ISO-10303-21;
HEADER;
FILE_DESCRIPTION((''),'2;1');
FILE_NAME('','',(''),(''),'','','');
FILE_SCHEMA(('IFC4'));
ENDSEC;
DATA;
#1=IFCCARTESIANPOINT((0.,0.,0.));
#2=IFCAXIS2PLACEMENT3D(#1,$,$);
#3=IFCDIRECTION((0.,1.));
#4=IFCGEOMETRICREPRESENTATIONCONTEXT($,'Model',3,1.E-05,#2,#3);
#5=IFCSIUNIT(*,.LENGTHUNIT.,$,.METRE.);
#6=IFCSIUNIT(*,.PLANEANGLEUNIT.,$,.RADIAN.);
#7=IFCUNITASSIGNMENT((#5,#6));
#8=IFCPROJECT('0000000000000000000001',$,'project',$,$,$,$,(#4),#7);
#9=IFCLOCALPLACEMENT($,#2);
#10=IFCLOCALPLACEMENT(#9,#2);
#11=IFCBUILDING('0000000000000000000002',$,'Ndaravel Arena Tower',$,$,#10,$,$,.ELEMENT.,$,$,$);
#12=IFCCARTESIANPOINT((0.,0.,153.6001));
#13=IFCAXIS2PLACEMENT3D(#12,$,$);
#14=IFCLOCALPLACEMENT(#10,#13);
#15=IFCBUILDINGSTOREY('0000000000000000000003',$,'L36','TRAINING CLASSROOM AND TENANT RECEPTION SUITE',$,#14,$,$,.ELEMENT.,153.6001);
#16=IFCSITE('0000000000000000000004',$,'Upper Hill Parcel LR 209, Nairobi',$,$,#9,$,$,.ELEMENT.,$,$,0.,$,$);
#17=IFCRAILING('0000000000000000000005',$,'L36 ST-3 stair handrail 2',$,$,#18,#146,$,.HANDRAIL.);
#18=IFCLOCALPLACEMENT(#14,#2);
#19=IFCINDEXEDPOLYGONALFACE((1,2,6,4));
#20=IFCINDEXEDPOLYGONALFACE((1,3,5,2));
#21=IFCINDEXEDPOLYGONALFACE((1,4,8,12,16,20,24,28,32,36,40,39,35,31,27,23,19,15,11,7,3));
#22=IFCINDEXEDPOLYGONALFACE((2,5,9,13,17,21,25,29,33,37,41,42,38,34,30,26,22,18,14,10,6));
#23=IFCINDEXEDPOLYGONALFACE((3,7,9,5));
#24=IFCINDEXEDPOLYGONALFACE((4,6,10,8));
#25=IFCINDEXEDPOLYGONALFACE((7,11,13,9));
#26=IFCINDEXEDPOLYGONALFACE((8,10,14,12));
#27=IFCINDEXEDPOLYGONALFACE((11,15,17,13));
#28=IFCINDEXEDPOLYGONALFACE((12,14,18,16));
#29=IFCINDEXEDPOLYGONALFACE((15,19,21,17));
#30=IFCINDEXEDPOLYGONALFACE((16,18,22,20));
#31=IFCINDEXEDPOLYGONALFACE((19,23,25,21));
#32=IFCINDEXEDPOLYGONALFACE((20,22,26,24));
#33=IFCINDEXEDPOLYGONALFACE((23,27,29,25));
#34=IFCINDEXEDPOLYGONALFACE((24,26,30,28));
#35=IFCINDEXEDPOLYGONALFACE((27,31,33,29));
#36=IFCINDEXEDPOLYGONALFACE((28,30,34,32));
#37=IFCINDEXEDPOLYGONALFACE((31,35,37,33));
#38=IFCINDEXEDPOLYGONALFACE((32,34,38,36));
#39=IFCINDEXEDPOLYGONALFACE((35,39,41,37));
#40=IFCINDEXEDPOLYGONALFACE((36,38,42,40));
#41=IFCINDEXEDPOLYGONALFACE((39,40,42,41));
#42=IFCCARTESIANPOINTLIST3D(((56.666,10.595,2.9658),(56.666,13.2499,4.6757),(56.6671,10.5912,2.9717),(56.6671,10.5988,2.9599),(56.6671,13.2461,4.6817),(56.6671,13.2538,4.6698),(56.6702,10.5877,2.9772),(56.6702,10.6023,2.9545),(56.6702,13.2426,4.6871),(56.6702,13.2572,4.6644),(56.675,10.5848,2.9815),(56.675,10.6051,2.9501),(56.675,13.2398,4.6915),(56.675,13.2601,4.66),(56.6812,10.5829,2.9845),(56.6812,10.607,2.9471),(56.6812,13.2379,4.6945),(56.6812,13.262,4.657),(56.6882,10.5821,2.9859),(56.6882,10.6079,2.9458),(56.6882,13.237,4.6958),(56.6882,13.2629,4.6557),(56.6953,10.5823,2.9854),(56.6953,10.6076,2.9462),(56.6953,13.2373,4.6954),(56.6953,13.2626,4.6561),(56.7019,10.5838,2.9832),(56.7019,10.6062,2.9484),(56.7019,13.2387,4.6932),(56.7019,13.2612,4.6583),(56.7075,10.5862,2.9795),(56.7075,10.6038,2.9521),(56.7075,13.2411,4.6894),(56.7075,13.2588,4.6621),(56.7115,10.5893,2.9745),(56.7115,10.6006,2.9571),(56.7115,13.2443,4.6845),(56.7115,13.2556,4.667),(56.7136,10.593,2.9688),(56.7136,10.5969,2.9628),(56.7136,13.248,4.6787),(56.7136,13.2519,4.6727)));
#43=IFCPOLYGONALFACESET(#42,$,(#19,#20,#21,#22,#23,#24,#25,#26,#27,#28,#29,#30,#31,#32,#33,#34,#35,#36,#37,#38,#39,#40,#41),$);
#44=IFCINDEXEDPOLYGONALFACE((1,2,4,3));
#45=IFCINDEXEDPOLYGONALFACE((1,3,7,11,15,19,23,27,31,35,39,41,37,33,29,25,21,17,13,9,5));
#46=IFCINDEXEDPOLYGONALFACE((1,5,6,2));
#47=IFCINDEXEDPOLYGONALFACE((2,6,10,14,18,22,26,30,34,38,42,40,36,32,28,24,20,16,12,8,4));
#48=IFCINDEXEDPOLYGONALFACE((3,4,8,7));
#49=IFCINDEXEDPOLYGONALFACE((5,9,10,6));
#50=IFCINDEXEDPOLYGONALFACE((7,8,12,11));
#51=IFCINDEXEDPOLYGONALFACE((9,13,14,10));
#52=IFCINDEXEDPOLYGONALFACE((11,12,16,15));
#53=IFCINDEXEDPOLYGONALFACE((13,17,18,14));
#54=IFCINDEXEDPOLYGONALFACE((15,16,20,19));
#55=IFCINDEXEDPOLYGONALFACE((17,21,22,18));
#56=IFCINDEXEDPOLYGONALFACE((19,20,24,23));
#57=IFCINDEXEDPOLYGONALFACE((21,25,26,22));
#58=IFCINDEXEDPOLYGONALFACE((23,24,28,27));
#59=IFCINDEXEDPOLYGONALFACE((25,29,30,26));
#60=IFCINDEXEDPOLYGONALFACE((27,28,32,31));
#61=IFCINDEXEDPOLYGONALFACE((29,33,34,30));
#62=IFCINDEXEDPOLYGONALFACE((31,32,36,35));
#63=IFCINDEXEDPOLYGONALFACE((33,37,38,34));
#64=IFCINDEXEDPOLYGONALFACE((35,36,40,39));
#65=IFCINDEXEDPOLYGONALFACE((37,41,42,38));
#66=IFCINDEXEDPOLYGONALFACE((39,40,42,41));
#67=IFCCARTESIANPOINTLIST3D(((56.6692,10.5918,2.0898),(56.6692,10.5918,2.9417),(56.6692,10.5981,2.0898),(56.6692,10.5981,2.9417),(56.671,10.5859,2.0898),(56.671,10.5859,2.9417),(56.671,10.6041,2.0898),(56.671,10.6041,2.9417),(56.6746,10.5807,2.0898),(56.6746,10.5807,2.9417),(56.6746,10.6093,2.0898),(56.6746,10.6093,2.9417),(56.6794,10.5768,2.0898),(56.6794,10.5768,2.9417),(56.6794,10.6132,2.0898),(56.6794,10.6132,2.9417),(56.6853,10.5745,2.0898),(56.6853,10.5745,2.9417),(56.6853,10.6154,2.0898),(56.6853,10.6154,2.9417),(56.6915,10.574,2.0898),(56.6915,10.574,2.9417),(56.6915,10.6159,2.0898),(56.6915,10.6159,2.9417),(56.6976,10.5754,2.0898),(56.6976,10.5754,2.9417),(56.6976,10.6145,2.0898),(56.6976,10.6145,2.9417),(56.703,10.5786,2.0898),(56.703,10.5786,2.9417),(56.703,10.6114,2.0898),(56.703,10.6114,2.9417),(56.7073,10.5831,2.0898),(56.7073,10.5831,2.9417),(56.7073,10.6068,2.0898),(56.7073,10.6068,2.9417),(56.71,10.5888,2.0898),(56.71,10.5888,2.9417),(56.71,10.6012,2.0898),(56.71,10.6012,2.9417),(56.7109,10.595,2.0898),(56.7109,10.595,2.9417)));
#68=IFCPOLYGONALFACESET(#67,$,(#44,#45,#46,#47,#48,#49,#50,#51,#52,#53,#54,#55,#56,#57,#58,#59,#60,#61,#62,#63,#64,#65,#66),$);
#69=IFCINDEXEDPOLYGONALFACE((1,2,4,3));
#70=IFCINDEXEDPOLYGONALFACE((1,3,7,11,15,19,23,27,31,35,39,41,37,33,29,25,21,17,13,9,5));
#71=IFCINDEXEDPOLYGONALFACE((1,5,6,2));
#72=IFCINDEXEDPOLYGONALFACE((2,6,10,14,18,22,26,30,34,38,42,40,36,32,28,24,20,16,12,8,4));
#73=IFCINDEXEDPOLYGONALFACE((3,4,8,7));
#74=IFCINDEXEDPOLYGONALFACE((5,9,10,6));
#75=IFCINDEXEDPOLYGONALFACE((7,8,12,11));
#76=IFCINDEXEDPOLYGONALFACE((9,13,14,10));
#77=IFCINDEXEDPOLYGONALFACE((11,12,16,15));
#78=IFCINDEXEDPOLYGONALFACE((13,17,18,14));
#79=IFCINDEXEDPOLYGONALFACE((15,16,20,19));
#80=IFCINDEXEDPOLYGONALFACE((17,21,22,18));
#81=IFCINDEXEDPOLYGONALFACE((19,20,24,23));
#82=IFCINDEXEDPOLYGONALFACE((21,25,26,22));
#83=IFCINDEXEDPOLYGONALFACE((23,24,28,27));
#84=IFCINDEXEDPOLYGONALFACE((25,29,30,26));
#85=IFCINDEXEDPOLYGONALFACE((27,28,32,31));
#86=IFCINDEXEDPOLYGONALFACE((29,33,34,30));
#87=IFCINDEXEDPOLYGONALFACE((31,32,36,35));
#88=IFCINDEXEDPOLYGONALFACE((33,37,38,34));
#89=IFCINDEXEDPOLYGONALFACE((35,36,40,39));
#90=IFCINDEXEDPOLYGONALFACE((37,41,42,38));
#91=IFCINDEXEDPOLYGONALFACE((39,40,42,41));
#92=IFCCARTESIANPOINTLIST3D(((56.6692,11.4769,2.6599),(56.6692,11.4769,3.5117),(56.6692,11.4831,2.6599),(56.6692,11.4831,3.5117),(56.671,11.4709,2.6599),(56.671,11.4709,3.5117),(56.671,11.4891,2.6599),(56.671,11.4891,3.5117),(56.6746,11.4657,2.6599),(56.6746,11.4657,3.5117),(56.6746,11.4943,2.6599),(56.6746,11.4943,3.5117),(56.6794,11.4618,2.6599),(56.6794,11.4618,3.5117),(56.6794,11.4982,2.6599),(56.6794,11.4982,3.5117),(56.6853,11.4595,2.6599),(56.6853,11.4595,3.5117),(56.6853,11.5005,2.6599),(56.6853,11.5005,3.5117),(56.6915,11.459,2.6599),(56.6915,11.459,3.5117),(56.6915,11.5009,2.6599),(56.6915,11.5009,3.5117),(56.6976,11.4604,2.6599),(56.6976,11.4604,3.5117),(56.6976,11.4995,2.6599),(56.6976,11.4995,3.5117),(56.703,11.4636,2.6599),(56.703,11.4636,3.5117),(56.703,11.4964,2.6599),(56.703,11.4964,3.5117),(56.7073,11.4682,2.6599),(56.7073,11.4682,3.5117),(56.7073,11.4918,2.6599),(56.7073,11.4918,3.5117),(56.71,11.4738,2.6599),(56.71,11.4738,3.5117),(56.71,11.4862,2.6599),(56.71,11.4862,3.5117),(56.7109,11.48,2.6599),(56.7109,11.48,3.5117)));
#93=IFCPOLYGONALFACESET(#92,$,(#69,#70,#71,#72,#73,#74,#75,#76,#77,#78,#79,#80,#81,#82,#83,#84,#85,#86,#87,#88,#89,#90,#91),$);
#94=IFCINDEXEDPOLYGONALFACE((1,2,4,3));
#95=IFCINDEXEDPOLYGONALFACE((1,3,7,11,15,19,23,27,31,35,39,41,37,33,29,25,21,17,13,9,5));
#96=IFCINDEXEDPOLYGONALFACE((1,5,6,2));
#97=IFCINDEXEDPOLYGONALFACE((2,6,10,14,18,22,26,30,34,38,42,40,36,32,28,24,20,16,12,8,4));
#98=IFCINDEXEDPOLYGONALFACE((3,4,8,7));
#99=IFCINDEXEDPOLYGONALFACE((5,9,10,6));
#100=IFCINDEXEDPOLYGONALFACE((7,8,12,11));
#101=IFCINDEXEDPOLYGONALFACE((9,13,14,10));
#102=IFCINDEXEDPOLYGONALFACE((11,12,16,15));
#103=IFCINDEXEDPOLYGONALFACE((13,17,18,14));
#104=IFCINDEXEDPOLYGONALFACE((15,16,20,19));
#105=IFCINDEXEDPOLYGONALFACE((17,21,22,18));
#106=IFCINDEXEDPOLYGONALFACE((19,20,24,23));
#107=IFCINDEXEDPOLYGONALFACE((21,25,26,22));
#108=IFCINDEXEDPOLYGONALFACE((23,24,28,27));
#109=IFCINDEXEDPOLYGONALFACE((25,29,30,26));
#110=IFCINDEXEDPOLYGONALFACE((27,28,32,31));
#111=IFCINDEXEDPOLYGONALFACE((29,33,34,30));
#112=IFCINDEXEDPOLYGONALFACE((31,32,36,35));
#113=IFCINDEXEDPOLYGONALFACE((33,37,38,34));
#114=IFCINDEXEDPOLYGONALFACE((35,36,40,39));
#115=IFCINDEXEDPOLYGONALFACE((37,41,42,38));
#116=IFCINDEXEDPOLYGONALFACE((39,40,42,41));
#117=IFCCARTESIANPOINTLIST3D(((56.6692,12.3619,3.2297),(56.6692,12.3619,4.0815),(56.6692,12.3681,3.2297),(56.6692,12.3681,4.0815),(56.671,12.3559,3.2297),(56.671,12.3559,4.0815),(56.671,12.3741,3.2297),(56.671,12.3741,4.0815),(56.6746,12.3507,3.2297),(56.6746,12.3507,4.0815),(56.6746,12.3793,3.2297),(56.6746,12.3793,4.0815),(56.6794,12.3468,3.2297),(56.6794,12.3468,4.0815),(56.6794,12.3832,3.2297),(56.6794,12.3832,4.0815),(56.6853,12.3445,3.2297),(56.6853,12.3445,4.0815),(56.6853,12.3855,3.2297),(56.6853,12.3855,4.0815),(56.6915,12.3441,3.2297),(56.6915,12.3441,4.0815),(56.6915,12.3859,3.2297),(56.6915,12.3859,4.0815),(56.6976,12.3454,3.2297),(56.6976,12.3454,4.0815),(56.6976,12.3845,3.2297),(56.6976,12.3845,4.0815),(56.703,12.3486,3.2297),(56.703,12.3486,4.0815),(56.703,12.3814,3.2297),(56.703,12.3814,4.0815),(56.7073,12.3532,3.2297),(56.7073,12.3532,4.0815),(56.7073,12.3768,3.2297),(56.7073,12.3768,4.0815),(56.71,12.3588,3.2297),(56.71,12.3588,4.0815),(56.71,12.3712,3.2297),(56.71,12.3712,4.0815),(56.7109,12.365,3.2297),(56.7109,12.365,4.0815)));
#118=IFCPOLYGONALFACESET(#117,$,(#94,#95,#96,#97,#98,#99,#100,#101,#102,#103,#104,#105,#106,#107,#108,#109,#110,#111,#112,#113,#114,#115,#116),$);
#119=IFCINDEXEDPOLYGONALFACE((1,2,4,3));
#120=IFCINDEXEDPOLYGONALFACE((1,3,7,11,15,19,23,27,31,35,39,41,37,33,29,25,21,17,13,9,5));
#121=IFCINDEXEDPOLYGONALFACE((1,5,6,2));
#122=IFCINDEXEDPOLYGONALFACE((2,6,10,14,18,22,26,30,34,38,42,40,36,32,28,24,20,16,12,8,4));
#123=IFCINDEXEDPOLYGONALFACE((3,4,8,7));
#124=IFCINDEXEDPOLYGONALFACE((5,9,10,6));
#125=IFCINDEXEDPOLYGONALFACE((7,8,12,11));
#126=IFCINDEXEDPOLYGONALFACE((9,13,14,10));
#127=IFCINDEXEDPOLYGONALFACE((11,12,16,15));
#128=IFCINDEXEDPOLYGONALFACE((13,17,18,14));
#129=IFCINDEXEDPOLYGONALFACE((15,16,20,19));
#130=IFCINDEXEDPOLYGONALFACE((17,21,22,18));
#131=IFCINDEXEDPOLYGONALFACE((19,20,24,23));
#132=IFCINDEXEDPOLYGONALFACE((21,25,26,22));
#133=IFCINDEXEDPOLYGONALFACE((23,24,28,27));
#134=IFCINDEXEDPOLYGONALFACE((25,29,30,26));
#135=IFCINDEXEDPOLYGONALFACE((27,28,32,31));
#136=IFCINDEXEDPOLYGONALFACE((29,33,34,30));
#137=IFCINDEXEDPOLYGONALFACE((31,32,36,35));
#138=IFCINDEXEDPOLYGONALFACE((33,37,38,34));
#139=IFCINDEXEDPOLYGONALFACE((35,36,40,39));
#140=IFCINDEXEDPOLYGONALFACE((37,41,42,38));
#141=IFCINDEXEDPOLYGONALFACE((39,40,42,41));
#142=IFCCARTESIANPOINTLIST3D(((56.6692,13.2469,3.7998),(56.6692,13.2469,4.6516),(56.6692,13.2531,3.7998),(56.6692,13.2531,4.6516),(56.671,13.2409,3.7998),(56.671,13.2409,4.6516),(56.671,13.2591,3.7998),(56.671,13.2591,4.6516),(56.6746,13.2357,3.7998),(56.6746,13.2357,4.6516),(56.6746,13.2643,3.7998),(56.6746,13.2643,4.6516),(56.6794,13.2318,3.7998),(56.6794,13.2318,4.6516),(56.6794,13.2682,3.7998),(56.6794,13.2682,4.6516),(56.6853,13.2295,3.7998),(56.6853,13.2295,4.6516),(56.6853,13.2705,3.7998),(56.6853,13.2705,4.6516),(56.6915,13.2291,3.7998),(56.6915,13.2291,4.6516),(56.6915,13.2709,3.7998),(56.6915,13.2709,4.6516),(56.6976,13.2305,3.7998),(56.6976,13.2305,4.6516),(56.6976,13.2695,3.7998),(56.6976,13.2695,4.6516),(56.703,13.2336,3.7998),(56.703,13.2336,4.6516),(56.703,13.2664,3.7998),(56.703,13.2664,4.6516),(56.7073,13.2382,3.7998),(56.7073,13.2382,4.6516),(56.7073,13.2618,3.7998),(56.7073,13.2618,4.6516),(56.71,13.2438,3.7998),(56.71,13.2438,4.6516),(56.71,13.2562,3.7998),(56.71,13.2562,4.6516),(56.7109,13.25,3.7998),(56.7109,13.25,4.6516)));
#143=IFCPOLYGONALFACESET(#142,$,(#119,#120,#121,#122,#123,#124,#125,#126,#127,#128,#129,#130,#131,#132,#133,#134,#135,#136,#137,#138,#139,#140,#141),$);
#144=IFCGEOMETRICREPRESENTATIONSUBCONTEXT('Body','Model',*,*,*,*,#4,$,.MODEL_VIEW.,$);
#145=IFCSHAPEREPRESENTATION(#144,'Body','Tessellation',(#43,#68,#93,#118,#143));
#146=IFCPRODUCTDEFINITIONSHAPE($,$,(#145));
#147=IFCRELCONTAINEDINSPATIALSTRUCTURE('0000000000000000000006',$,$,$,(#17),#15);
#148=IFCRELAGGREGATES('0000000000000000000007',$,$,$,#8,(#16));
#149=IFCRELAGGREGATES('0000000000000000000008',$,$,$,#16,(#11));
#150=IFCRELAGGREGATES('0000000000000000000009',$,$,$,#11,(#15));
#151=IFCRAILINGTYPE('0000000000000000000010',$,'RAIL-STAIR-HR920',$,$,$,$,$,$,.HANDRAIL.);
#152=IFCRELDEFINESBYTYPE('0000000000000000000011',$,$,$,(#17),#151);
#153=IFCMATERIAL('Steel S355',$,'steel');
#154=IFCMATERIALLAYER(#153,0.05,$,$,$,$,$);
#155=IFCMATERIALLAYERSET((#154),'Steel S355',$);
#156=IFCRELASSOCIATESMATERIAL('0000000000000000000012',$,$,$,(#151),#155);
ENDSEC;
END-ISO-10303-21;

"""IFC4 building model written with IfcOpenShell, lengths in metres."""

from ifc_helpers import new_model, si_unit, direction, frame, origin, origin_2d, place, context, subcontext, project, spatial, circle, extrude, material, layer, layer_set, type_object, element, save


model = new_model("IFC4")

# Units and contexts
model_context = context("Model", 3, precision=1e-05, world=origin(), true_north=direction((0.0, 1.0)))
body_context = subcontext(model_context, "Body", "Model", "MODEL_VIEW")
ifc_project = project(units=[si_unit("LENGTHUNIT", "METRE"), si_unit("PLANEANGLEUNIT", "RADIAN")], contexts=[model_context])

# Site, building, storey
site_placement = place(None, origin())
site = spatial("IfcSite", under=ifc_project, at=site_placement, Name="Upper Hill Parcel LR 209, Nairobi", CompositionType="ELEMENT", RefElevation=0.0)
building_placement = place(site_placement, origin())
building = spatial("IfcBuilding", under=site, at=building_placement, Name="Ndaravel Arena Tower", CompositionType="ELEMENT")
storey_placement = place(building_placement, frame((0.0, 0.0, 153.6001)))
storey = spatial("IfcBuildingStorey", under=building, at=storey_placement, Name="L36", Description="TRAINING CLASSROOM AND TENANT RECEPTION SUITE", CompositionType="ELEMENT", Elevation=153.6001)

# Railing
ifc_material_1 = material(Name="Steel S355", Category="steel")
ifc_layer_1 = layer(ifc_material_1, 0.05)
ifc_layer_set_1 = layer_set([ifc_layer_1], Name="Steel S355")
railing_type_1 = type_object("IfcRailingType", Name="RAIL-STAIR-HR920", PredefinedType="HANDRAIL", material=ifc_layer_set_1)
railing_1_placement = place(storey_placement, frame((56.6899, 10.595, 2.0898)))
element("IfcRailing", 1, at=railing_1_placement, inside=storey, type_object=railing_type_1, Name="L36 ST-3 stair handrail 2", PredefinedType="HANDRAIL", context=body_context, shape_type="SweptSolid", body=[
    extrude(circle(Radius=0.0239, at=origin_2d()), frame((0.0, 0.0, 0.876), z_axis=(0.0, 0.840724, 0.541465), x_axis=(-1.0, 0.0, 0.0)), (0.0, 0.0, 1.0), 3.158),
    extrude(circle(Radius=0.021, at=origin_2d()), origin(), (0.0, 0.0, 1.0), 0.8518),
    extrude(circle(Radius=0.021, at=origin_2d()), frame((0.0, 0.885, 0.5701)), (0.0, 0.0, 1.0), 0.8518),
    extrude(circle(Radius=0.021, at=origin_2d()), frame((0.0, 1.77, 1.1399)), (0.0, 0.0, 1.0), 0.8518),
    extrude(circle(Radius=0.021, at=origin_2d()), frame((0.0, 2.655, 1.71)), (0.0, 0.0, 1.0), 0.8518),
])

save(model, "model.ifc")
